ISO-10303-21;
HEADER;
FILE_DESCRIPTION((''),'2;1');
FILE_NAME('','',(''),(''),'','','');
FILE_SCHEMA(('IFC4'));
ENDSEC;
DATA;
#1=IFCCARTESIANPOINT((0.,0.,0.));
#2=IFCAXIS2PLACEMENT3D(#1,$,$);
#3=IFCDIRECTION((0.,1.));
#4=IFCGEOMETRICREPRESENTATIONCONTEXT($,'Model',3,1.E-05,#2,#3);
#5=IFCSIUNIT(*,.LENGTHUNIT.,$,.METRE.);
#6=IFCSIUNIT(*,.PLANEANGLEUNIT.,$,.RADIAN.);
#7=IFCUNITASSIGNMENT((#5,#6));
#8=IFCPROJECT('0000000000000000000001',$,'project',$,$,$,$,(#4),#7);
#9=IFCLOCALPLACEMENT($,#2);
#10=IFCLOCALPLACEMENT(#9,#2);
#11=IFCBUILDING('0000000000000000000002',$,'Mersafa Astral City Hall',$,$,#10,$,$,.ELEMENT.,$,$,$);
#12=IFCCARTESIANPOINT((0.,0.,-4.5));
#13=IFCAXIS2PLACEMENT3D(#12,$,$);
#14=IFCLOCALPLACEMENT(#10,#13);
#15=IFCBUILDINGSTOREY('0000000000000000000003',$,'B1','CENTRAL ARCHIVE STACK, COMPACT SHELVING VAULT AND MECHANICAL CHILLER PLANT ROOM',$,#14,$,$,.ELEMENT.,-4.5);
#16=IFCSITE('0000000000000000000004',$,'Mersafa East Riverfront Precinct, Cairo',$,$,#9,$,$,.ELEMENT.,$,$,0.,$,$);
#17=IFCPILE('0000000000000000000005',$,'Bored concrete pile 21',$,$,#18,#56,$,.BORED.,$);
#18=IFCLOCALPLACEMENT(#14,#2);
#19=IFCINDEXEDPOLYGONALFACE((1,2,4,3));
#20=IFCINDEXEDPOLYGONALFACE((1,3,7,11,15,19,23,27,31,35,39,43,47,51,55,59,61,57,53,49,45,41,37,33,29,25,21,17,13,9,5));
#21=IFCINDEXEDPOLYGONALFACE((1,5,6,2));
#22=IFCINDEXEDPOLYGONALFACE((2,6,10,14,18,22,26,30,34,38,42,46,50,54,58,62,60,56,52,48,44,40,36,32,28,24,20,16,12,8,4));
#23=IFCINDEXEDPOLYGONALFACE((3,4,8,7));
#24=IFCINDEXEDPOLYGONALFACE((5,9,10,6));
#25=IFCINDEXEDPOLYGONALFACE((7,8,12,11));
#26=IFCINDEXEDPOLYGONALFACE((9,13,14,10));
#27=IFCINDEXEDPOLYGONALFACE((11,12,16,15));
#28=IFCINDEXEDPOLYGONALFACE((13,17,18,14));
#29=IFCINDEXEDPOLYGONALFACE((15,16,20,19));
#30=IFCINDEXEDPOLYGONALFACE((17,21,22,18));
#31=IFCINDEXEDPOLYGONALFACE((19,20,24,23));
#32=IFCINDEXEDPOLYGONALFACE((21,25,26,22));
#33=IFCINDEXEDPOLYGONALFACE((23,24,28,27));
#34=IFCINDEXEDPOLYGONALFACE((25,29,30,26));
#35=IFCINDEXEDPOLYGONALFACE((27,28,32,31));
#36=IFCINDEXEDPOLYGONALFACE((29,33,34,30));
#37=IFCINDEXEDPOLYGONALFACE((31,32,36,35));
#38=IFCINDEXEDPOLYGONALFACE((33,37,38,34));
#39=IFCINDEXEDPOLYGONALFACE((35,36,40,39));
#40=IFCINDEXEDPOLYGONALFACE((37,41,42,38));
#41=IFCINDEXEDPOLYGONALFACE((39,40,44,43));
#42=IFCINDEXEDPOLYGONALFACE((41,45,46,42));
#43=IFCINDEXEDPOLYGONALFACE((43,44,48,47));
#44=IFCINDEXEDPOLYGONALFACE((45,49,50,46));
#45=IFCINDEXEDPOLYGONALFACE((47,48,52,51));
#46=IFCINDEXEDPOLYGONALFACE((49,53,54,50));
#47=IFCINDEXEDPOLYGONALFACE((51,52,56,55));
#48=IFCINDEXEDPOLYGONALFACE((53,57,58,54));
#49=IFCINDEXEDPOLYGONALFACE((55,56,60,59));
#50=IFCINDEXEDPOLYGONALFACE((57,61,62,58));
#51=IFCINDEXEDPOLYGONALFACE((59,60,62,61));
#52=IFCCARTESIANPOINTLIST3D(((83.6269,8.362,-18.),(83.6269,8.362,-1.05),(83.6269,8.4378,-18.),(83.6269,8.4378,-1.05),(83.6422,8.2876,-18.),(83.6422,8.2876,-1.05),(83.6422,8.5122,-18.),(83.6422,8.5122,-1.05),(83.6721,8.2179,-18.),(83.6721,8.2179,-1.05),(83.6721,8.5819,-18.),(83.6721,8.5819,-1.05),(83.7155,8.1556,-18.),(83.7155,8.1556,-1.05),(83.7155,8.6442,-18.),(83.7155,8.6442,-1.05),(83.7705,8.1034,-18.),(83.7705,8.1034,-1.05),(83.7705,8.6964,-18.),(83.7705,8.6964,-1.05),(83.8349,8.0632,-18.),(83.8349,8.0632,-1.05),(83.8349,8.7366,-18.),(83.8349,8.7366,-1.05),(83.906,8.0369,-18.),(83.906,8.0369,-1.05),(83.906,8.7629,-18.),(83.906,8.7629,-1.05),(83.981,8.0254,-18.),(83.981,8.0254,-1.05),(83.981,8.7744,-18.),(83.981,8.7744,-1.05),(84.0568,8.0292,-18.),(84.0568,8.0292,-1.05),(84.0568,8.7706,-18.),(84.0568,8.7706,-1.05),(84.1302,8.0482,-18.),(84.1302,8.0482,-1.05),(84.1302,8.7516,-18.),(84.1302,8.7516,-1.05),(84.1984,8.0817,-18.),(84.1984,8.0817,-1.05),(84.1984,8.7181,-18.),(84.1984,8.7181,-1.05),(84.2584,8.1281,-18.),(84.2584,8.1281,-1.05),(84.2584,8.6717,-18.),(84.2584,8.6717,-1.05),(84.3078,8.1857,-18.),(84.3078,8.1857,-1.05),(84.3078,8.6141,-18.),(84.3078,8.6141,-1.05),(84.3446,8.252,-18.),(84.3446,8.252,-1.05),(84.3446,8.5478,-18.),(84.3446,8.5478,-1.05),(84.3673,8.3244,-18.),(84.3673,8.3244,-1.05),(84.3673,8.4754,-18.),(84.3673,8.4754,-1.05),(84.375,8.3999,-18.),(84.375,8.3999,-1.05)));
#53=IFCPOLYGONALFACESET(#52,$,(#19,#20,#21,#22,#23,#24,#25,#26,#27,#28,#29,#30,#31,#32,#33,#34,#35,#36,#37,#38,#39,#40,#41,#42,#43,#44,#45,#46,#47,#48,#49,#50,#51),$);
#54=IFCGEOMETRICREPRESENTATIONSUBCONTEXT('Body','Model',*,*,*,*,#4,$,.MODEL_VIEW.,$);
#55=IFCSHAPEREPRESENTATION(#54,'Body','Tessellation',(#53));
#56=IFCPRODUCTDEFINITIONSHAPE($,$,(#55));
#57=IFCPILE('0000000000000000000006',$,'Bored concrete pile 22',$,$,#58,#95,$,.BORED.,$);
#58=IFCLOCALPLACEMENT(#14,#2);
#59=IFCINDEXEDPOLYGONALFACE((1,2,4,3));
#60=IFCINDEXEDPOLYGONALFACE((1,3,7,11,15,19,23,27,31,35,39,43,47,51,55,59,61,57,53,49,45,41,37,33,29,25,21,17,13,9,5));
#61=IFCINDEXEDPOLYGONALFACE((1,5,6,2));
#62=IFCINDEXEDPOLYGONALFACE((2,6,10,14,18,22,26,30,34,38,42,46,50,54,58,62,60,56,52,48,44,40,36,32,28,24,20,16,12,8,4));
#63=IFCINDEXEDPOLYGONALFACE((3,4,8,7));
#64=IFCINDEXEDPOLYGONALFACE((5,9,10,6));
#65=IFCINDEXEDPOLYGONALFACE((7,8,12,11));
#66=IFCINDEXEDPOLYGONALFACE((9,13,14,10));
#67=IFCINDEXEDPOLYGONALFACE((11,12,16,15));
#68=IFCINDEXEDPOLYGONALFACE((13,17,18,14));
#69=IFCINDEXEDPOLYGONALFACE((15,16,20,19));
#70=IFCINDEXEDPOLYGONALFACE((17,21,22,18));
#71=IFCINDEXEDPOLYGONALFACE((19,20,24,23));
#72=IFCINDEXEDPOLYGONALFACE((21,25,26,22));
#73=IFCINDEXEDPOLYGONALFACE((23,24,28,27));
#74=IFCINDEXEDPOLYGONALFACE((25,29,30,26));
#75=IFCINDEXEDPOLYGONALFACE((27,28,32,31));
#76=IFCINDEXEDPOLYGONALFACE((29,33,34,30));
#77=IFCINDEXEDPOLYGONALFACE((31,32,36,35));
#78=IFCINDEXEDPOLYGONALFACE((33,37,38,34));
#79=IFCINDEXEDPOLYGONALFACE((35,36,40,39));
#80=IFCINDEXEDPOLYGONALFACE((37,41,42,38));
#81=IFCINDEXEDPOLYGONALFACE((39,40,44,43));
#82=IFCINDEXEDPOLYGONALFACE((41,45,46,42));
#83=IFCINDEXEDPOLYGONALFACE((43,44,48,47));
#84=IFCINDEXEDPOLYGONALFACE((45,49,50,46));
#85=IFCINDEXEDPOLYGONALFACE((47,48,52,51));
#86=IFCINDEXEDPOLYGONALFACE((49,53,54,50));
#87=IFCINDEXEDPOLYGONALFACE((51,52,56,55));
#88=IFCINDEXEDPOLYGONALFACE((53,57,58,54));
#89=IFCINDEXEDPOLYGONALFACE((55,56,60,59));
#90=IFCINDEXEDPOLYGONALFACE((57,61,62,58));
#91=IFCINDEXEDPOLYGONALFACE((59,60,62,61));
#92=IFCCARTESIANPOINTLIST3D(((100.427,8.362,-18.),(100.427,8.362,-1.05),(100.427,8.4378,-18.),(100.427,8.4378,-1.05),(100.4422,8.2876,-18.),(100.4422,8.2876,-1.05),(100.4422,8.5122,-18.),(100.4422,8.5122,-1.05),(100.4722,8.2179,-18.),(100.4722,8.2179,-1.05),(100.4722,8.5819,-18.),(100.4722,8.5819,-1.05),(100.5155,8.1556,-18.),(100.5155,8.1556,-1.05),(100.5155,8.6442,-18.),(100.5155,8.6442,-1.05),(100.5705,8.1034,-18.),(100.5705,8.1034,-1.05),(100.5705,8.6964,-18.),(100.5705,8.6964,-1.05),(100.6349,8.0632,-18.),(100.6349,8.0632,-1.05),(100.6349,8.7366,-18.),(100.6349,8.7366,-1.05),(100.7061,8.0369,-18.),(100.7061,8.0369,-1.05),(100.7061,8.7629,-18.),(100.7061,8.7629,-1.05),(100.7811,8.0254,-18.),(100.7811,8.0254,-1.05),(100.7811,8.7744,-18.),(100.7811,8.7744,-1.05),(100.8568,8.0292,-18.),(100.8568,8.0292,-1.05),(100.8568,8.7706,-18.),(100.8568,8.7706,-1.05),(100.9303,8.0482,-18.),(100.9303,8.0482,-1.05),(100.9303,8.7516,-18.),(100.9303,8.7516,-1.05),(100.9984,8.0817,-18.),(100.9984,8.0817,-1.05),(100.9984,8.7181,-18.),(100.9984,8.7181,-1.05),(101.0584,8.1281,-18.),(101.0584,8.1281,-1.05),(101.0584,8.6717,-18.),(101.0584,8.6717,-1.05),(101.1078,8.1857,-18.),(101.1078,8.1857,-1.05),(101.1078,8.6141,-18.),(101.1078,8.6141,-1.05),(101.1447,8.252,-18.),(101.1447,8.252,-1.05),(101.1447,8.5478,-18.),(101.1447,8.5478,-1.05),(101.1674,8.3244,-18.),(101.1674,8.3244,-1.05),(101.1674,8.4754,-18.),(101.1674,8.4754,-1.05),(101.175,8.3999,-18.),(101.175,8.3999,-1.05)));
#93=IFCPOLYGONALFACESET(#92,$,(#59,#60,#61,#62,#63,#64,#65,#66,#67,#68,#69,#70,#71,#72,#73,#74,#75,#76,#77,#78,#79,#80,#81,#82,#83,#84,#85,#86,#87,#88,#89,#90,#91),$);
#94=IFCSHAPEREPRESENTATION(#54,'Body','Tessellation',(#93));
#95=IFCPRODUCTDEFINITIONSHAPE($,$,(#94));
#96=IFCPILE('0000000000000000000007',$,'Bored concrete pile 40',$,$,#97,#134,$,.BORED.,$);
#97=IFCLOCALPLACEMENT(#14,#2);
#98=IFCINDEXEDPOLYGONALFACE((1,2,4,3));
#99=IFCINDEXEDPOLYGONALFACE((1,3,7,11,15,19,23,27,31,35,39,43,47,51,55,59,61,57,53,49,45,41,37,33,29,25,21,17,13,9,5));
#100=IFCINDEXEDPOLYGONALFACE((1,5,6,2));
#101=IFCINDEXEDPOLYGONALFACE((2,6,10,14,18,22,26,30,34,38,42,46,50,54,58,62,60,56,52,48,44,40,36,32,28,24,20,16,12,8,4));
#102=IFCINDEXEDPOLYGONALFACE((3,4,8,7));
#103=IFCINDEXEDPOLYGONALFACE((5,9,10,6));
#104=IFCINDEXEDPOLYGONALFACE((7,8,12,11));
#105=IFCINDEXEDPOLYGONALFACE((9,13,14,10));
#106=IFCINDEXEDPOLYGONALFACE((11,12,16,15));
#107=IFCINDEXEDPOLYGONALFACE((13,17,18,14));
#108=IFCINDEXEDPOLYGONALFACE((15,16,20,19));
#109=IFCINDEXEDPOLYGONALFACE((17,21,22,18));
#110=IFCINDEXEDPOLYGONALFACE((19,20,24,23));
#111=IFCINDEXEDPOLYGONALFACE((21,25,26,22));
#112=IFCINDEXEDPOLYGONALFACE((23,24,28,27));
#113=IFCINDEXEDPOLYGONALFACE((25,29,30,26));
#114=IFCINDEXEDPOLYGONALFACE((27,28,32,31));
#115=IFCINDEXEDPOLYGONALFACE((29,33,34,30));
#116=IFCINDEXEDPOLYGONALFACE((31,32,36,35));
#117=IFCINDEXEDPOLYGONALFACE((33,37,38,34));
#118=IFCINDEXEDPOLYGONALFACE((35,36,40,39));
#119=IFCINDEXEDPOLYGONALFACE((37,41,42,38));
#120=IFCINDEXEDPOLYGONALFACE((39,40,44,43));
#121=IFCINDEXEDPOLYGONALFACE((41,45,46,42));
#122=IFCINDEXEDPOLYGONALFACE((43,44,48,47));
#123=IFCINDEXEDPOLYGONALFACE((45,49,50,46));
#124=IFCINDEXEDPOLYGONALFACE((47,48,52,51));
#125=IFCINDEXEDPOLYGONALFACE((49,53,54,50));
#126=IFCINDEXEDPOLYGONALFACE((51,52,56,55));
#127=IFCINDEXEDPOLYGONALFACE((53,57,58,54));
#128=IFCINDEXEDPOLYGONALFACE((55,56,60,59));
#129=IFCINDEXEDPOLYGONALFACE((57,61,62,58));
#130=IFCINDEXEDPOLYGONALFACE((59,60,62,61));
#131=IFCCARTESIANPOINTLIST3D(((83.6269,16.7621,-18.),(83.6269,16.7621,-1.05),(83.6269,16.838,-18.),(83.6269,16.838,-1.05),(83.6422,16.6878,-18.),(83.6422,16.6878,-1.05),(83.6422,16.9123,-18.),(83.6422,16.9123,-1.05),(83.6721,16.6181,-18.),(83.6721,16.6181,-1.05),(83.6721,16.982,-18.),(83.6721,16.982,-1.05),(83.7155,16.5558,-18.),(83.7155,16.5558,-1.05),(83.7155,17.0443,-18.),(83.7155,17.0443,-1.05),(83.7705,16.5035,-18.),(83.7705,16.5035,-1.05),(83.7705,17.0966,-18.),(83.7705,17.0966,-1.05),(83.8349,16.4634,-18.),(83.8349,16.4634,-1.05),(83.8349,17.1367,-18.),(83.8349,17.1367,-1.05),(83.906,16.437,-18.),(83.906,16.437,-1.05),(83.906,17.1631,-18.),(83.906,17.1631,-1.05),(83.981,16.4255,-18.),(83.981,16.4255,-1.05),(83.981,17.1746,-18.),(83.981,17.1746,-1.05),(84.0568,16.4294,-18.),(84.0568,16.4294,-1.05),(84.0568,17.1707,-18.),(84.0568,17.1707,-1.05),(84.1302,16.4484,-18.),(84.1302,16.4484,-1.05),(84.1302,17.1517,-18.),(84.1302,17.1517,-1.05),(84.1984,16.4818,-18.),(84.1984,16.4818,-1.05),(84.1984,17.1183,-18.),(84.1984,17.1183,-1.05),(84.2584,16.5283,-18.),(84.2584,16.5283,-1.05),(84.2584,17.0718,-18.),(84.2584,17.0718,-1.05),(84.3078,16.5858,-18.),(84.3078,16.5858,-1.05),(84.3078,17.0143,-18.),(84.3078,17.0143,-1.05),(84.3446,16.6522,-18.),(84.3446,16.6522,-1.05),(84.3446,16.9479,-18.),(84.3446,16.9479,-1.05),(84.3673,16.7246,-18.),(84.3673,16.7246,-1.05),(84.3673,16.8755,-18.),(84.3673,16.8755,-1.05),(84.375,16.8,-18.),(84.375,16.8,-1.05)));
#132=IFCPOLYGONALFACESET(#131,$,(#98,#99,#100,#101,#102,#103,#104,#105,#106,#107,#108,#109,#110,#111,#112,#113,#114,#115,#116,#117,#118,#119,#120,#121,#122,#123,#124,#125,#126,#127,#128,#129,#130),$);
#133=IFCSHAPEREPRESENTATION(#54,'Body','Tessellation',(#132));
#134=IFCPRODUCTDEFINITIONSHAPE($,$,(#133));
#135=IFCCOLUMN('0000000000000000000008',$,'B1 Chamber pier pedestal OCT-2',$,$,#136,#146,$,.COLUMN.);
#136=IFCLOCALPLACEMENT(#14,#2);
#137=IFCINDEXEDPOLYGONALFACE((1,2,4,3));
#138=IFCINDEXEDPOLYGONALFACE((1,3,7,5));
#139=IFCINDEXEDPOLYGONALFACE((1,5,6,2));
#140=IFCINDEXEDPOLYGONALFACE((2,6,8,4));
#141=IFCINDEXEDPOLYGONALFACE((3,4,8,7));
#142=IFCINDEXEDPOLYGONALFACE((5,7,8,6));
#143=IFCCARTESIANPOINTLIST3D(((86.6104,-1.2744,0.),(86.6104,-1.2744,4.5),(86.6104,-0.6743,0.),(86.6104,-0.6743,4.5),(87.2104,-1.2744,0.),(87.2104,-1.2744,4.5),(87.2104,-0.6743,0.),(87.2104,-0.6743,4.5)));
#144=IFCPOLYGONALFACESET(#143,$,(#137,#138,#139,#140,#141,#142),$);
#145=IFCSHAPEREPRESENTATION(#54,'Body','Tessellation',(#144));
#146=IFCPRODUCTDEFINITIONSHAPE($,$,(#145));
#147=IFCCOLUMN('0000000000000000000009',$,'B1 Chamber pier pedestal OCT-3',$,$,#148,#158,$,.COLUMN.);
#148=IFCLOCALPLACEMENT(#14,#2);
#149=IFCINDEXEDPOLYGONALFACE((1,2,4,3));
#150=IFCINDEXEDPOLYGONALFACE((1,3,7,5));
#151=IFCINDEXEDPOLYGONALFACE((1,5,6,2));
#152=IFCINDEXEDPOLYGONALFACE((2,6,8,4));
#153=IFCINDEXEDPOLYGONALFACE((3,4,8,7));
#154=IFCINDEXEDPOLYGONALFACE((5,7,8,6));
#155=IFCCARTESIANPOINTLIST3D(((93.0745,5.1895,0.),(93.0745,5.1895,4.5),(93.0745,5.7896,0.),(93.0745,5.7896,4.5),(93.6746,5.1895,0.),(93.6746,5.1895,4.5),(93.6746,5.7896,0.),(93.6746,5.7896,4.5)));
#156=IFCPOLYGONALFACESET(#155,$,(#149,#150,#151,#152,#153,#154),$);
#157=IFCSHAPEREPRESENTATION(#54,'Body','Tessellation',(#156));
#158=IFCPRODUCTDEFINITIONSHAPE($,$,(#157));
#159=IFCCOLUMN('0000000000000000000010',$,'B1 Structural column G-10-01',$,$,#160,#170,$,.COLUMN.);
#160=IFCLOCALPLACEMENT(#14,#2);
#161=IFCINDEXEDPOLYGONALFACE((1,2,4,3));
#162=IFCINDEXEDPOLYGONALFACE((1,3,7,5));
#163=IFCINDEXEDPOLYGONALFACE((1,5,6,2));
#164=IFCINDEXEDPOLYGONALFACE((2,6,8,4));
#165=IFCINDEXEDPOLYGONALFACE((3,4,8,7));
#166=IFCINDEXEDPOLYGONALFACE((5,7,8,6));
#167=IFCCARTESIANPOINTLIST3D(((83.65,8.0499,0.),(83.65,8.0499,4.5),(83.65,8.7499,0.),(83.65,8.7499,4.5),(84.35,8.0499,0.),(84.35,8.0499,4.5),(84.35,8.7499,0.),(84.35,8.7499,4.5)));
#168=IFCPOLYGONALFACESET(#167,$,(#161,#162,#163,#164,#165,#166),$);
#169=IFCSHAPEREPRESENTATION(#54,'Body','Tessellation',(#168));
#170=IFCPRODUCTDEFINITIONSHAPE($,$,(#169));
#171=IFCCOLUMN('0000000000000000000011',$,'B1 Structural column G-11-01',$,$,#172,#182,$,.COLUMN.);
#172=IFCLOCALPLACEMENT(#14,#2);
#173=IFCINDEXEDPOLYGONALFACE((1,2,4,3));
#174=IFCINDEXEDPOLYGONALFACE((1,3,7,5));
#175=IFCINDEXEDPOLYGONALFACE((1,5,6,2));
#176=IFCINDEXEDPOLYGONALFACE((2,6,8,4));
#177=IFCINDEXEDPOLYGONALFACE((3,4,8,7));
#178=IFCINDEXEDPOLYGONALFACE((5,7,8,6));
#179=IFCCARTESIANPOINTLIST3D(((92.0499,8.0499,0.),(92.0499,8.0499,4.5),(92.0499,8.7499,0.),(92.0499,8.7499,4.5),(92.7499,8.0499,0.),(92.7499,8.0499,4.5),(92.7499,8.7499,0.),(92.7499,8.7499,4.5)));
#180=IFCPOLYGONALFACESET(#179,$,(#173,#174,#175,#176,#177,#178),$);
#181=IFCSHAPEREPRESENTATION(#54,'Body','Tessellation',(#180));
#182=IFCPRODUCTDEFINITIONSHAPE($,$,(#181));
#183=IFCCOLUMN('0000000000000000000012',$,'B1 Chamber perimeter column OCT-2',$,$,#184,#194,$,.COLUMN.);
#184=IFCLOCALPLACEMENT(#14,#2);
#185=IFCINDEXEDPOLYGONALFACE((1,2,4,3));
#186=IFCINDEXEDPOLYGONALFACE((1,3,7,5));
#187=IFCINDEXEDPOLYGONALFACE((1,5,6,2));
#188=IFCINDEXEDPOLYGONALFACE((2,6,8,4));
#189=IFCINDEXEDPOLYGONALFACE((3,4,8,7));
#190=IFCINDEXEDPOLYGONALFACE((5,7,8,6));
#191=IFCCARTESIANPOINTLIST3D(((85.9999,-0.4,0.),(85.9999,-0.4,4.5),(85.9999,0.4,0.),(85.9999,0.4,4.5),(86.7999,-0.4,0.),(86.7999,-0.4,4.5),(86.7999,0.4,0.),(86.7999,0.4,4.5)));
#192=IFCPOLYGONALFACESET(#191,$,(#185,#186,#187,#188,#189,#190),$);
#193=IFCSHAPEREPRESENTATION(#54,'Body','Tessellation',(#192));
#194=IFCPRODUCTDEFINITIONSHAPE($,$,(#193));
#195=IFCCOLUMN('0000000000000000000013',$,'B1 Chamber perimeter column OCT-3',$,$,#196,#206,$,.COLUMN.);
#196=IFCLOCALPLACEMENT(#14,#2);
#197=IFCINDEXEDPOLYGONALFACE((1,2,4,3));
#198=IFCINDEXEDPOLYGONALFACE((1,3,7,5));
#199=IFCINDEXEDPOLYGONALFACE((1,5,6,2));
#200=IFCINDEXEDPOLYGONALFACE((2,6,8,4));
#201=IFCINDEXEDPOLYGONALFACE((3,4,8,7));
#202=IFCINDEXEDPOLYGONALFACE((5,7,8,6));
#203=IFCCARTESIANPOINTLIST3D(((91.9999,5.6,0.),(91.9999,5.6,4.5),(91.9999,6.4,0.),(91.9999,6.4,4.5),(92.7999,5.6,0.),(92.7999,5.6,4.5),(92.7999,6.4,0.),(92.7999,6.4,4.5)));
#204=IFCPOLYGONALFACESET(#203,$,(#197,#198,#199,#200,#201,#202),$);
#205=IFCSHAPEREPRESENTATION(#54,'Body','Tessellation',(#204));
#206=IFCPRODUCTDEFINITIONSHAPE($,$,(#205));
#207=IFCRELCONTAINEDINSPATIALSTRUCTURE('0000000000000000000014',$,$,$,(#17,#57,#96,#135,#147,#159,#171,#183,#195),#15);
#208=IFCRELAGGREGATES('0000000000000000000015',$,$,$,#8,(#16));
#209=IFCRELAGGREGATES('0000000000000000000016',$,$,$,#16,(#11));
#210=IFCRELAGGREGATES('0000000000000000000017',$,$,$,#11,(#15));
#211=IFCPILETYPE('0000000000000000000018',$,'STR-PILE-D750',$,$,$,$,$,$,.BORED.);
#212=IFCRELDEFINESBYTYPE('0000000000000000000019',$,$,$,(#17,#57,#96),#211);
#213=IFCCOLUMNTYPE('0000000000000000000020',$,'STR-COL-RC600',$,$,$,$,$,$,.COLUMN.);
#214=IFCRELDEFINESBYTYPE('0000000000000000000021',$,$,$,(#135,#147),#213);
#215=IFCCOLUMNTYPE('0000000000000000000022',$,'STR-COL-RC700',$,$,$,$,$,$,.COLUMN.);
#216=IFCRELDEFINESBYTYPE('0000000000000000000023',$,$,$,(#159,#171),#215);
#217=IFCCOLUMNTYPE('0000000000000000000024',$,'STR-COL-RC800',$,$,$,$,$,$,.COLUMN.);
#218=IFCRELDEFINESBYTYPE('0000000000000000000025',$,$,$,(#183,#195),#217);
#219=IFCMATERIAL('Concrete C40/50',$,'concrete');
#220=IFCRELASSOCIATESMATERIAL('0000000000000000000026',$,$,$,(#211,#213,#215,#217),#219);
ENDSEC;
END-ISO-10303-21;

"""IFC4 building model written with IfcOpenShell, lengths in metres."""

from ifc_helpers import new_model, si_unit, direction, frame, origin, origin_2d, place, context, subcontext, project, spatial, rectangle, circle, extrude, material, material_profile, profile_set, type_object, element, save


model = new_model("IFC4")

# Units and contexts
model_context = context("Model", 3, precision=1e-05, world=origin(), true_north=direction((0.0, 1.0)))
body_context = subcontext(model_context, "Body", "Model", "MODEL_VIEW")
ifc_project = project(units=[si_unit("LENGTHUNIT", "METRE"), si_unit("PLANEANGLEUNIT", "RADIAN")], contexts=[model_context])

# Site, building, storey
site_placement = place(None, origin())
site = spatial("IfcSite", under=ifc_project, at=site_placement, Name="Mersafa East Riverfront Precinct, Cairo", CompositionType="ELEMENT", RefElevation=0.0)
building_placement = place(site_placement, origin())
building = spatial("IfcBuilding", under=site, at=building_placement, Name="Mersafa Astral City Hall", CompositionType="ELEMENT")
storey_placement = place(building_placement, frame((0.0, 0.0, -4.5)))
storey = spatial("IfcBuildingStorey", under=building, at=storey_placement, Name="B1", Description="CENTRAL ARCHIVE STACK, COMPACT SHELVING VAULT AND MECHANICAL CHILLER PLANT ROOM", CompositionType="ELEMENT", Elevation=-4.5)

# Shared definitions
ifc_material = material(Name="Concrete C40/50", Category="concrete")

# Piles
ifc_material_profile_1 = material_profile(ifc_material, circle(Radius=0.375, at=origin_2d()), Name="PILE D750")
ifc_profile_set_1 = profile_set([ifc_material_profile_1], Name="Concrete C40/50")
pile_type_1 = type_object("IfcPileType", Name="STR-PILE-D750", PredefinedType="BORED", material=ifc_profile_set_1)
for number, where, z_axis, x_axis, name in (
    (1, (84.0, 8.3999, -1.05), (0.0, 0.0, -1.0), (1.0, 0.0, 0.0), "Bored concrete pile 21"),
    (2, (100.8, 8.3999, -1.05), (0.0, 0.0, -1.0), (1.0, 0.0, 0.0), "Bored concrete pile 22"),
    (3, (84.0, 16.8, -1.05), (0.0, 0.0, -1.0), (1.0, 0.0, 0.0), "Bored concrete pile 40"),
):
    element("IfcPile", number, at=place(storey_placement, frame(where, z_axis=z_axis, x_axis=x_axis)), inside=storey, type_object=pile_type_1, Name=name, PredefinedType="BORED", context=body_context, shape_type="SweptSolid", body=[
        extrude(circle(Radius=0.375, at=origin_2d()), origin(), (0.0, 0.0, 1.0), 16.95),
    ])

# Columns
ifc_material_profile_2 = material_profile(ifc_material, rectangle(XDim=0.6001, YDim=0.6001, at=origin_2d()), Name="RC 600x600")
ifc_profile_set_2 = profile_set([ifc_material_profile_2], Name="Concrete C40/50")
column_type_1 = type_object("IfcColumnType", Name="STR-COL-RC600", PredefinedType="COLUMN", material=ifc_profile_set_2)
for number, where, z_axis, x_axis, name in (
    (4, (86.9104, -0.9744, 0.0), (0.0, 0.0, 1.0), (1.0, 0.0, 0.0), "B1 Chamber pier pedestal OCT-2"),
    (5, (93.3745, 5.4895, 0.0), (0.0, 0.0, 1.0), (1.0, 0.0, 0.0), "B1 Chamber pier pedestal OCT-3"),
):
    element("IfcColumn", number, at=place(storey_placement, frame(where, z_axis=z_axis, x_axis=x_axis)), inside=storey, type_object=column_type_1, Name=name, PredefinedType="COLUMN", context=body_context, shape_type="SweptSolid", body=[
        extrude(rectangle(XDim=0.6001, YDim=0.6001, at=origin_2d()), origin(), (0.0, 0.0, 1.0), 4.5),
    ])
ifc_material_profile_3 = material_profile(ifc_material, rectangle(XDim=0.7, YDim=0.7, at=origin_2d()), Name="RC 700x700")
ifc_profile_set_3 = profile_set([ifc_material_profile_3], Name="Concrete C40/50")
column_type_2 = type_object("IfcColumnType", Name="STR-COL-RC700", PredefinedType="COLUMN", material=ifc_profile_set_3)
for number, where, z_axis, x_axis, name in (
    (6, (84.0, 8.3999, 0.0), (0.0, 0.0, 1.0), (1.0, 0.0, 0.0), "B1 Structural column G-10-01"),
    (7, (92.3999, 8.3999, 0.0), (0.0, 0.0, 1.0), (1.0, 0.0, 0.0), "B1 Structural column G-11-01"),
):
    element("IfcColumn", number, at=place(storey_placement, frame(where, z_axis=z_axis, x_axis=x_axis)), inside=storey, type_object=column_type_2, Name=name, PredefinedType="COLUMN", context=body_context, shape_type="SweptSolid", body=[
        extrude(rectangle(XDim=0.7, YDim=0.7, at=origin_2d()), origin(), (0.0, 0.0, 1.0), 4.5),
    ])
ifc_material_profile_4 = material_profile(ifc_material, rectangle(XDim=0.8, YDim=0.8, at=origin_2d()), Name="RC 800x800")
ifc_profile_set_4 = profile_set([ifc_material_profile_4], Name="Concrete C40/50")
column_type_3 = type_object("IfcColumnType", Name="STR-COL-RC800", PredefinedType="COLUMN", material=ifc_profile_set_4)
for number, where, z_axis, x_axis, name in (
    (8, (86.3999, 0.0, 0.0), (0.0, 0.0, 1.0), (1.0, 0.0, 0.0), "B1 Chamber perimeter column OCT-2"),
    (9, (92.3999, 6.0, 0.0), (0.0, 0.0, 1.0), (1.0, 0.0, 0.0), "B1 Chamber perimeter column OCT-3"),
):
    element("IfcColumn", number, at=place(storey_placement, frame(where, z_axis=z_axis, x_axis=x_axis)), inside=storey, type_object=column_type_3, Name=name, PredefinedType="COLUMN", context=body_context, shape_type="SweptSolid", body=[
        extrude(rectangle(XDim=0.8, YDim=0.8, at=origin_2d()), origin(), (0.0, 0.0, 1.0), 4.5),
    ])

save(model, "model.ifc")
